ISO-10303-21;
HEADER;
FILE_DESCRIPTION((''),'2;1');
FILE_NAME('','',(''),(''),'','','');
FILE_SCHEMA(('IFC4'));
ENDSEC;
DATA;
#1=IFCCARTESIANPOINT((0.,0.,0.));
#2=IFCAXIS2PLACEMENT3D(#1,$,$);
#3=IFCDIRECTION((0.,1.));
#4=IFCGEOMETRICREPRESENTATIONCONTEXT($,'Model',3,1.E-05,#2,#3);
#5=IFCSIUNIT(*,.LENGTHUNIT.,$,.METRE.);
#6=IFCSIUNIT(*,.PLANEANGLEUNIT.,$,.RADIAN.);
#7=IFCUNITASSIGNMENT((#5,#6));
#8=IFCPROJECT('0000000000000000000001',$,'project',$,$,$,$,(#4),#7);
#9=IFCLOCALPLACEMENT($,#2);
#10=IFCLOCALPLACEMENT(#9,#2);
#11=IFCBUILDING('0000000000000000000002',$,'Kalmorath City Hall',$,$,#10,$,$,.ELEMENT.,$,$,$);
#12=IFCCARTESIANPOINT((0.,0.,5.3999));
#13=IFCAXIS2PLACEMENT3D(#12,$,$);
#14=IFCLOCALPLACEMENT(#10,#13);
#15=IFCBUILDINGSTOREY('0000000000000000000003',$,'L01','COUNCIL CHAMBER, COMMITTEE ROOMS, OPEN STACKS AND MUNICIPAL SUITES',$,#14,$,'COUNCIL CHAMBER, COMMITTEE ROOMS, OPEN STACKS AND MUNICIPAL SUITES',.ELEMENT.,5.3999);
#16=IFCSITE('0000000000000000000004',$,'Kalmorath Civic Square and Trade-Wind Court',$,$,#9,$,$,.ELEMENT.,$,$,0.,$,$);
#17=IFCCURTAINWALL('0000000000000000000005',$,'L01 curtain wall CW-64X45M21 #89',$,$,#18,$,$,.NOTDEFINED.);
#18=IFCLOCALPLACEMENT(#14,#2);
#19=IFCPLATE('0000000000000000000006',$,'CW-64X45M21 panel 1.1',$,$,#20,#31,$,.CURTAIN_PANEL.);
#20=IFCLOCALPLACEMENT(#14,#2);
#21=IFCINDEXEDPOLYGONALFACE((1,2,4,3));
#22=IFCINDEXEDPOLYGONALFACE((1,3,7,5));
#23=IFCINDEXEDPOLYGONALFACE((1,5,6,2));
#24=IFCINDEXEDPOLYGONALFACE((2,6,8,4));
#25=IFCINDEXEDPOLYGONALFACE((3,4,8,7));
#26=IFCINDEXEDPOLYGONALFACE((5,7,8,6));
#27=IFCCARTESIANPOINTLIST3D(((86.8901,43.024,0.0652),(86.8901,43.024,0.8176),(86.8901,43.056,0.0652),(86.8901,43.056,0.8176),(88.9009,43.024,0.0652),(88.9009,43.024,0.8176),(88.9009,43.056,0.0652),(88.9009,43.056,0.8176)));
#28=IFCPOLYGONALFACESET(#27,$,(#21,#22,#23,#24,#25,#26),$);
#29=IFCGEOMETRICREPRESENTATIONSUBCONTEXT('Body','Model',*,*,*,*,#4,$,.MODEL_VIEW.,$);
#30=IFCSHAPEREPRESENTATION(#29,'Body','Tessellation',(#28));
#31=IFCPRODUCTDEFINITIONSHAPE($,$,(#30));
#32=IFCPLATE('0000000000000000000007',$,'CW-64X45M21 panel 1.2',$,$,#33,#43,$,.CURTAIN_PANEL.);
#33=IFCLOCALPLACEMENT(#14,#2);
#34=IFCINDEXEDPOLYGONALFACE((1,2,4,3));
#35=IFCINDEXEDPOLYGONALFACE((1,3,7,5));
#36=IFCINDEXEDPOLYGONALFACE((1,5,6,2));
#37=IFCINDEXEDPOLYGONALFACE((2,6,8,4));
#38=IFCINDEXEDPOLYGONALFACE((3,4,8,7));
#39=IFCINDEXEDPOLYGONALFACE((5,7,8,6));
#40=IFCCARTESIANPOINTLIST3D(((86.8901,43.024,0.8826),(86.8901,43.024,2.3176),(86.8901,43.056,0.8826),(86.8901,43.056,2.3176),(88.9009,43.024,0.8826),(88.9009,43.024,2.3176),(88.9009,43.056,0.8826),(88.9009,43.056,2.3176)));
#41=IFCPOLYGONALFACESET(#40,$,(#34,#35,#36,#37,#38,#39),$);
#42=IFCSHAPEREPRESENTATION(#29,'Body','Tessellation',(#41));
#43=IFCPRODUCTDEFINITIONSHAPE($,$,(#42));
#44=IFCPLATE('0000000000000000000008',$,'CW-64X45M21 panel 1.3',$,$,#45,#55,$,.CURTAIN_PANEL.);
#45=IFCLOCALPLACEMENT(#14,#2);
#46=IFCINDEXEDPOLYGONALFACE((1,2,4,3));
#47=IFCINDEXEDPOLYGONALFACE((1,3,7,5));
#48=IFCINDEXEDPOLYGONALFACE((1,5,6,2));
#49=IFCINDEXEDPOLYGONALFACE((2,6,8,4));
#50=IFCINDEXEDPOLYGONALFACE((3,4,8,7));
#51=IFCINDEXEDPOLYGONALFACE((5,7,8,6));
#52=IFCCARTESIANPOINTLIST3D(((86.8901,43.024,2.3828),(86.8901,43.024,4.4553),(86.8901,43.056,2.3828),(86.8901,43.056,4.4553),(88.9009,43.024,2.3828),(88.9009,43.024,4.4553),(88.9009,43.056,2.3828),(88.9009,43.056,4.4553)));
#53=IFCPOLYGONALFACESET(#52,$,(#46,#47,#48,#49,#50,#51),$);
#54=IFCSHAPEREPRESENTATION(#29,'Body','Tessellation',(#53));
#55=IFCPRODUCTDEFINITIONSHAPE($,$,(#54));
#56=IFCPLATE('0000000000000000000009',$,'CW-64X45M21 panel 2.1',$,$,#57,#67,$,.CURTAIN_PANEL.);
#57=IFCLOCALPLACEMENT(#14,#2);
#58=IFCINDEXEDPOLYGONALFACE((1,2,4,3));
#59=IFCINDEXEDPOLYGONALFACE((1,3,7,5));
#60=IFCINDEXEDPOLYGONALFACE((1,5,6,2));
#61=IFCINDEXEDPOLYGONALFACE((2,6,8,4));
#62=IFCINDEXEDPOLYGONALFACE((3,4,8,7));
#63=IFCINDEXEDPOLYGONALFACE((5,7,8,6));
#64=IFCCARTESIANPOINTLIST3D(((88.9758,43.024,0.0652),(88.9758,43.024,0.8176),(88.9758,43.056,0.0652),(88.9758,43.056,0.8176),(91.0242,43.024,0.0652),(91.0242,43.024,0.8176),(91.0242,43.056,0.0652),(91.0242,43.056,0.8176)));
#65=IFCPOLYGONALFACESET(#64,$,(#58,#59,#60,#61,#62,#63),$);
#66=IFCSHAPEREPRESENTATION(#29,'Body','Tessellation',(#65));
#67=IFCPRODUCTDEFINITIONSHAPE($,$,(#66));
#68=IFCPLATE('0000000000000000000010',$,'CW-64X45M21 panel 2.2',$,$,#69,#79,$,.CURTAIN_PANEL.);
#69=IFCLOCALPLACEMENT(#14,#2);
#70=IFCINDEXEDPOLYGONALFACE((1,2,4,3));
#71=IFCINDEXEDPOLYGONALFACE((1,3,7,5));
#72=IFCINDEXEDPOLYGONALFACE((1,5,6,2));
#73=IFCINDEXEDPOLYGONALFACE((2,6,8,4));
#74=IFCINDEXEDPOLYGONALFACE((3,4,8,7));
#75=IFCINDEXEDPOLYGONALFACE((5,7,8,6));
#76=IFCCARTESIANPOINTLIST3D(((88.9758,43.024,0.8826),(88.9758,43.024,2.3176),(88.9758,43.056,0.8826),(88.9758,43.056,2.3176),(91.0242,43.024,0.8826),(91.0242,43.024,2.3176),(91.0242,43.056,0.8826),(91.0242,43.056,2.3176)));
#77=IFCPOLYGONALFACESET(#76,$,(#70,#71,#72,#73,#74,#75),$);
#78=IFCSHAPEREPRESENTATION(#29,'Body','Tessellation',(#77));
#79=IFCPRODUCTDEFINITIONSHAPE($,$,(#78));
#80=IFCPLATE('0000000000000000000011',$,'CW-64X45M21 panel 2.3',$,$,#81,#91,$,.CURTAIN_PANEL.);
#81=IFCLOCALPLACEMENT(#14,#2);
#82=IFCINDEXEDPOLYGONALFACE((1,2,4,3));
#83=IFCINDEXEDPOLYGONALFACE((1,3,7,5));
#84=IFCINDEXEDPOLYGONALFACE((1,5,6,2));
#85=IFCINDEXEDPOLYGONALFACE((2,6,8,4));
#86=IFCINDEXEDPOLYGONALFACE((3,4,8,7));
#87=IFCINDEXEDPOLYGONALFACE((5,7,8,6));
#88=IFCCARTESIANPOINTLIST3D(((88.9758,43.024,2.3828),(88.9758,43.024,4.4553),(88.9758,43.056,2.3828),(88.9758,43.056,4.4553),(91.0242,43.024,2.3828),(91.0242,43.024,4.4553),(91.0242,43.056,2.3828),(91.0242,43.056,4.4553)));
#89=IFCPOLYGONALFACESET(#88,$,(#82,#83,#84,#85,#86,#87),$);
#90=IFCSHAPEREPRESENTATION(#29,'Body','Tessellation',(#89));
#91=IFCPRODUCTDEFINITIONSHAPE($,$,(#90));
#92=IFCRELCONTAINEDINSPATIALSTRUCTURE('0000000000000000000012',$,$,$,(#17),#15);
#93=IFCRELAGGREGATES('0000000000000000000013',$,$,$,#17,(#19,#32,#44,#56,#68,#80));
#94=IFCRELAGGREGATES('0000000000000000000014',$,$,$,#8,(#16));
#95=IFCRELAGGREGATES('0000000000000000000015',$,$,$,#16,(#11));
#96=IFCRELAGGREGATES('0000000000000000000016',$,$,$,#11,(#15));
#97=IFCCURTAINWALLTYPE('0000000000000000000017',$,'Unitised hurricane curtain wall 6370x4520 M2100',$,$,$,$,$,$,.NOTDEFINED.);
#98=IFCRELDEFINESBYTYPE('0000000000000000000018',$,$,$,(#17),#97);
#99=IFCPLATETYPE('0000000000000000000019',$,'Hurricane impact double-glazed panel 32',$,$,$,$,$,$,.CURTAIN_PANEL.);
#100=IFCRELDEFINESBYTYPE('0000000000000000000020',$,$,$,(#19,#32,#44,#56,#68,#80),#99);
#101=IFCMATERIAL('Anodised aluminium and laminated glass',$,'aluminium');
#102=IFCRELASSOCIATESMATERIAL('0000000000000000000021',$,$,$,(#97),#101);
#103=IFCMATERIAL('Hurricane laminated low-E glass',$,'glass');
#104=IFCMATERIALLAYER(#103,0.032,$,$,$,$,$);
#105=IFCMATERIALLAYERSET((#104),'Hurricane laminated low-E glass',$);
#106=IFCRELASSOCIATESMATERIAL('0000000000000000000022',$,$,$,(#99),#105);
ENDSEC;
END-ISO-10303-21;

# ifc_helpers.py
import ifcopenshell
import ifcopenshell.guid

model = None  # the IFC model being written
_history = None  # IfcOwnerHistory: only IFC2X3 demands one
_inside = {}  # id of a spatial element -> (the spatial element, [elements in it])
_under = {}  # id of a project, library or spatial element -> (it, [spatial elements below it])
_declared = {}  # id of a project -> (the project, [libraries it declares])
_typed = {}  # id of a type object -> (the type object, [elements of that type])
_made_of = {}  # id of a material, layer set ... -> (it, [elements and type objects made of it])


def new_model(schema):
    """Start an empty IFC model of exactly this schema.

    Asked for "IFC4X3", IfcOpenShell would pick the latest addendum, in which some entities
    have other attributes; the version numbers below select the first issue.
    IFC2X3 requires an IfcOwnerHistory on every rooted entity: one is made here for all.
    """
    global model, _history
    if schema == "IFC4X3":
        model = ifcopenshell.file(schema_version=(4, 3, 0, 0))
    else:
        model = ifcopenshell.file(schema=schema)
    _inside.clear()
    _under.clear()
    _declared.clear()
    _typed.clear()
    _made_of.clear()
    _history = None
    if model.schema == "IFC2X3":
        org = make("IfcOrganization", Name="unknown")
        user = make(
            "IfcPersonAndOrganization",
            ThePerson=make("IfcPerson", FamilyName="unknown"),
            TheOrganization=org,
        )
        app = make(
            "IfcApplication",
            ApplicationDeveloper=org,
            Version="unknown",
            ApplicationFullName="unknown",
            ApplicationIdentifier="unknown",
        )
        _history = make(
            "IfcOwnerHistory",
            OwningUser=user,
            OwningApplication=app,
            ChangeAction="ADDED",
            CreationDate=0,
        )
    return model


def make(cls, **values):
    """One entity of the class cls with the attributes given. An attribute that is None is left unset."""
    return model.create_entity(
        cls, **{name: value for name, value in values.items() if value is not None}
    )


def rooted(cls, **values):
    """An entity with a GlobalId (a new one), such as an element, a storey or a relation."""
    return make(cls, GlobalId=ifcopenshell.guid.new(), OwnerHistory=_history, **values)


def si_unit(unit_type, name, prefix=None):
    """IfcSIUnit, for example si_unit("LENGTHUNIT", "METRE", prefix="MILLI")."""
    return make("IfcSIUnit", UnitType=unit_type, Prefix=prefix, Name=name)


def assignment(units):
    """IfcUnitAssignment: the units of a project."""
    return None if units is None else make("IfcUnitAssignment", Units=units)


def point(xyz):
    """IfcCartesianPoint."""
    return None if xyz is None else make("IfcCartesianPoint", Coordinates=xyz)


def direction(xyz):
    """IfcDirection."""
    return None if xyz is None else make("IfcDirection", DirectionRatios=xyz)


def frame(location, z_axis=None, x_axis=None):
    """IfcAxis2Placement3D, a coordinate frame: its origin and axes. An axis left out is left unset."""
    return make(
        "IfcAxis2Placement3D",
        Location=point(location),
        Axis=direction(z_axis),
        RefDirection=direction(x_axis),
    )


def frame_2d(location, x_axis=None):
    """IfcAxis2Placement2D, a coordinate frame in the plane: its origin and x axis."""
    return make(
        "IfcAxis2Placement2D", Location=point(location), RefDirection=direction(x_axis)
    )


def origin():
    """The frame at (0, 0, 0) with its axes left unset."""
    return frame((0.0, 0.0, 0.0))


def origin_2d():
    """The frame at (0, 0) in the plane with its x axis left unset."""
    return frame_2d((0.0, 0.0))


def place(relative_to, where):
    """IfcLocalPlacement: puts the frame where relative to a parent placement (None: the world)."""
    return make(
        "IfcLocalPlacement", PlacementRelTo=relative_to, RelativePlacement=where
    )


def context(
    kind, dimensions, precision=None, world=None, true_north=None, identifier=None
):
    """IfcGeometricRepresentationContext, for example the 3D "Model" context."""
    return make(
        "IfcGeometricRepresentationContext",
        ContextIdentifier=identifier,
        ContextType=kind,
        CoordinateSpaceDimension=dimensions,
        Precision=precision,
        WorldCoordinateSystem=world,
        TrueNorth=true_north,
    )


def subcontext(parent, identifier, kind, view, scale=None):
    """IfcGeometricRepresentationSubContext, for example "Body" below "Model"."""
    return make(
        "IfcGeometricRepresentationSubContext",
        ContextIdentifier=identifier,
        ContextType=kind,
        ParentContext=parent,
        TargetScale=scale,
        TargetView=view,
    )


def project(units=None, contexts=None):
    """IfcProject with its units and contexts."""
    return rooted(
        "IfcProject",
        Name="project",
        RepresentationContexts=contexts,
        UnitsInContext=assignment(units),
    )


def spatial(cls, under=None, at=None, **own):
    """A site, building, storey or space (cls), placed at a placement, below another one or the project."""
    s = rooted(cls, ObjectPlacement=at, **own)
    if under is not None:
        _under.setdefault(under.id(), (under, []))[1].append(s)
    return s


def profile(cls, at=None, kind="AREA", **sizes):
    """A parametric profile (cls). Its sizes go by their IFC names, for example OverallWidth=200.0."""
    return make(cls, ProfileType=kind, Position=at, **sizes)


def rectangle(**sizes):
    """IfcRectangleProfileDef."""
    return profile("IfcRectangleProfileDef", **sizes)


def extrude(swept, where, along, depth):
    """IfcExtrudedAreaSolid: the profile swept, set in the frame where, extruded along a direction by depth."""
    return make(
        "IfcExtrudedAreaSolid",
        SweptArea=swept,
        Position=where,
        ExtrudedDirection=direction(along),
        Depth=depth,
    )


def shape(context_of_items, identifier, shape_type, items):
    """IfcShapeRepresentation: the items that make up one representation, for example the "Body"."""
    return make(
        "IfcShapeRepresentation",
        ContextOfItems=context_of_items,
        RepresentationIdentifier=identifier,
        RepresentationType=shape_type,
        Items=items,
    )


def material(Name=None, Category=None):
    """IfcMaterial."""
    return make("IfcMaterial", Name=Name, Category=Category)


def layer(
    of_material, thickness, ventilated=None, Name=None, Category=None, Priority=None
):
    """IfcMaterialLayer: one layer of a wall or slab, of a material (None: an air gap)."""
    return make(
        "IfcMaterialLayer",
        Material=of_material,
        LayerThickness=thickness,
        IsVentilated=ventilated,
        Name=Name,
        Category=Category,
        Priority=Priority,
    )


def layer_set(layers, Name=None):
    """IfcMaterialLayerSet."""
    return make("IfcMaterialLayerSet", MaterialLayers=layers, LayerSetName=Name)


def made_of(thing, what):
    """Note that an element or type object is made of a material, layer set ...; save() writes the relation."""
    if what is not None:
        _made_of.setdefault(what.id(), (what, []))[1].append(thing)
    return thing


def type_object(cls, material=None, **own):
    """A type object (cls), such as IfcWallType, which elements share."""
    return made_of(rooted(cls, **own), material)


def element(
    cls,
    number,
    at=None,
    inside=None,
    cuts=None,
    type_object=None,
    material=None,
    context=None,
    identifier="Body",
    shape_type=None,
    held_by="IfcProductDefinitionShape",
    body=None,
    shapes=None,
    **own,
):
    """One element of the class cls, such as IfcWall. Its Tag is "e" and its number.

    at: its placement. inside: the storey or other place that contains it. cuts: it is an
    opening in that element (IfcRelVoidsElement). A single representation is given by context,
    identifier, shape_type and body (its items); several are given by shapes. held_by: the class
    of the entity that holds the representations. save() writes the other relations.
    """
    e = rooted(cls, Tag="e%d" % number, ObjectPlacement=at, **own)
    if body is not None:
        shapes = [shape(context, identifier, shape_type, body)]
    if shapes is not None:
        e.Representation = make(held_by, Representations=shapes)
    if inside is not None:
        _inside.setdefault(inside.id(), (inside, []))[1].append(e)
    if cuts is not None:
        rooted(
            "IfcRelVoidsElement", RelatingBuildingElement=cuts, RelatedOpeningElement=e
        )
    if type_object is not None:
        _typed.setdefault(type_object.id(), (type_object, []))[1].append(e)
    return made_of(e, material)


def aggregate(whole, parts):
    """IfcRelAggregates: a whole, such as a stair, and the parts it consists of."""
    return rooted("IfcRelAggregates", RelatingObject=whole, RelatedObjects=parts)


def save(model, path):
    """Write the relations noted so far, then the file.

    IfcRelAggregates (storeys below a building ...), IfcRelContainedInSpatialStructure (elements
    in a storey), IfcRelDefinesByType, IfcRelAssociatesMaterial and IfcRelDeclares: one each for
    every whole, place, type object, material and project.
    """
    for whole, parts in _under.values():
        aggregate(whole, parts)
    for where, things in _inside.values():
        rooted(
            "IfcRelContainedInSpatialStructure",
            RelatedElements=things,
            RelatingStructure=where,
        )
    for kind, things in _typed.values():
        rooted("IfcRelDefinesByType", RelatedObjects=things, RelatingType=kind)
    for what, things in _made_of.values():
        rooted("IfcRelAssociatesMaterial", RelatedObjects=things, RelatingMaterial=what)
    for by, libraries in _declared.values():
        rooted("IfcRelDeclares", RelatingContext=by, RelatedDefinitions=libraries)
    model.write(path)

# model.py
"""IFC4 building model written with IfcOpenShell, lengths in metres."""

from ifc_helpers import new_model, si_unit, direction, frame, origin, origin_2d, place, context, subcontext, project, spatial, rectangle, extrude, material, layer, layer_set, type_object, element, aggregate, save


model = new_model("IFC4")

# Units and contexts
model_context = context("Model", 3, precision=1e-05, world=origin(), true_north=direction((0.0, 1.0)))
body_context = subcontext(model_context, "Body", "Model", "MODEL_VIEW")
ifc_project = project(units=[si_unit("LENGTHUNIT", "METRE"), si_unit("PLANEANGLEUNIT", "RADIAN")], contexts=[model_context])

# Site, building, storey
site_placement = place(None, origin())
site = spatial("IfcSite", under=ifc_project, at=site_placement, Name="Kalmorath Civic Square and Trade-Wind Court", CompositionType="ELEMENT", RefElevation=0.0)
building_placement = place(site_placement, origin())
building = spatial("IfcBuilding", under=site, at=building_placement, Name="Kalmorath City Hall", CompositionType="ELEMENT")
storey_placement = place(building_placement, frame((0.0, 0.0, 5.3999)))
storey = spatial("IfcBuildingStorey", under=building, at=storey_placement, Name="L01", Description="COUNCIL CHAMBER, COMMITTEE ROOMS, OPEN STACKS AND MUNICIPAL SUITES", LongName="COUNCIL CHAMBER, COMMITTEE ROOMS, OPEN STACKS AND MUNICIPAL SUITES", CompositionType="ELEMENT", Elevation=5.3999)

# Curtain wall
ifc_material_1 = material(Name="Anodised aluminium and laminated glass", Category="aluminium")
curtain_wall_type = type_object("IfcCurtainWallType", Name="Unitised hurricane curtain wall 6370x4520 M2100", PredefinedType="NOTDEFINED", material=ifc_material_1)
curtain_wall_placement = place(storey_placement, origin())
curtain_wall = element("IfcCurtainWall", 1, at=curtain_wall_placement, inside=storey, type_object=curtain_wall_type, Name="L01 curtain wall CW-64X45M21 #89", PredefinedType="NOTDEFINED")

# Plates
ifc_material_2 = material(Name="Hurricane laminated low-E glass", Category="glass")
ifc_layer = layer(ifc_material_2, 0.032)
ifc_layer_set = layer_set([ifc_layer], Name="Hurricane laminated low-E glass")
plate_type = type_object("IfcPlateType", Name="Hurricane impact double-glazed panel 32", PredefinedType="CURTAIN_PANEL", material=ifc_layer_set)
plate_1_placement = place(storey_placement, frame((87.8955, 43.04, 0.0652), z_axis=(0.0, 0.0, 1.0), x_axis=(1.0, 0.0, 0.0)))
plate_1 = element("IfcPlate", 2, at=plate_1_placement, type_object=plate_type, Name="CW-64X45M21 panel 1.1", PredefinedType="CURTAIN_PANEL", context=body_context, shape_type="SweptSolid", body=[
    extrude(rectangle(XDim=2.0107, YDim=0.032, at=origin_2d()), origin(), (0.0, 0.0, 1.0), 0.7524),
])
plate_2_placement = place(storey_placement, frame((87.8955, 43.04, 0.8826), z_axis=(0.0, 0.0, 1.0), x_axis=(1.0, 0.0, 0.0)))
plate_2 = element("IfcPlate", 3, at=plate_2_placement, type_object=plate_type, Name="CW-64X45M21 panel 1.2", PredefinedType="CURTAIN_PANEL", context=body_context, shape_type="SweptSolid", body=[
    extrude(rectangle(XDim=2.0107, YDim=0.032, at=origin_2d()), origin(), (0.0, 0.0, 1.0), 1.4351),
])
plate_3_placement = place(storey_placement, frame((87.8955, 43.04, 2.3828), z_axis=(0.0, 0.0, 1.0), x_axis=(1.0, 0.0, 0.0)))
plate_3 = element("IfcPlate", 4, at=plate_3_placement, type_object=plate_type, Name="CW-64X45M21 panel 1.3", PredefinedType="CURTAIN_PANEL", context=body_context, shape_type="SweptSolid", body=[
    extrude(rectangle(XDim=2.0107, YDim=0.032, at=origin_2d()), origin(), (0.0, 0.0, 1.0), 2.0725),
])
plate_4_placement = place(storey_placement, frame((90.0, 43.04, 0.0652), z_axis=(0.0, 0.0, 1.0), x_axis=(1.0, 0.0, 0.0)))
plate_4 = element("IfcPlate", 5, at=plate_4_placement, type_object=plate_type, Name="CW-64X45M21 panel 2.1", PredefinedType="CURTAIN_PANEL", context=body_context, shape_type="SweptSolid", body=[
    extrude(rectangle(XDim=2.0483, YDim=0.032, at=origin_2d()), origin(), (0.0, 0.0, 1.0), 0.7524),
])
plate_5_placement = place(storey_placement, frame((90.0, 43.04, 0.8826), z_axis=(0.0, 0.0, 1.0), x_axis=(1.0, 0.0, 0.0)))
plate_5 = element("IfcPlate", 6, at=plate_5_placement, type_object=plate_type, Name="CW-64X45M21 panel 2.2", PredefinedType="CURTAIN_PANEL", context=body_context, shape_type="SweptSolid", body=[
    extrude(rectangle(XDim=2.0483, YDim=0.032, at=origin_2d()), origin(), (0.0, 0.0, 1.0), 1.4351),
])
plate_6_placement = place(storey_placement, frame((90.0, 43.04, 2.3828), z_axis=(0.0, 0.0, 1.0), x_axis=(1.0, 0.0, 0.0)))
plate_6 = element("IfcPlate", 7, at=plate_6_placement, type_object=plate_type, Name="CW-64X45M21 panel 2.3", PredefinedType="CURTAIN_PANEL", context=body_context, shape_type="SweptSolid", body=[
    extrude(rectangle(XDim=2.0483, YDim=0.032, at=origin_2d()), origin(), (0.0, 0.0, 1.0), 2.0725),
])
aggregate(curtain_wall, [plate_1, plate_2, plate_3, plate_4, plate_5, plate_6])

save(model, "model.ifc")
